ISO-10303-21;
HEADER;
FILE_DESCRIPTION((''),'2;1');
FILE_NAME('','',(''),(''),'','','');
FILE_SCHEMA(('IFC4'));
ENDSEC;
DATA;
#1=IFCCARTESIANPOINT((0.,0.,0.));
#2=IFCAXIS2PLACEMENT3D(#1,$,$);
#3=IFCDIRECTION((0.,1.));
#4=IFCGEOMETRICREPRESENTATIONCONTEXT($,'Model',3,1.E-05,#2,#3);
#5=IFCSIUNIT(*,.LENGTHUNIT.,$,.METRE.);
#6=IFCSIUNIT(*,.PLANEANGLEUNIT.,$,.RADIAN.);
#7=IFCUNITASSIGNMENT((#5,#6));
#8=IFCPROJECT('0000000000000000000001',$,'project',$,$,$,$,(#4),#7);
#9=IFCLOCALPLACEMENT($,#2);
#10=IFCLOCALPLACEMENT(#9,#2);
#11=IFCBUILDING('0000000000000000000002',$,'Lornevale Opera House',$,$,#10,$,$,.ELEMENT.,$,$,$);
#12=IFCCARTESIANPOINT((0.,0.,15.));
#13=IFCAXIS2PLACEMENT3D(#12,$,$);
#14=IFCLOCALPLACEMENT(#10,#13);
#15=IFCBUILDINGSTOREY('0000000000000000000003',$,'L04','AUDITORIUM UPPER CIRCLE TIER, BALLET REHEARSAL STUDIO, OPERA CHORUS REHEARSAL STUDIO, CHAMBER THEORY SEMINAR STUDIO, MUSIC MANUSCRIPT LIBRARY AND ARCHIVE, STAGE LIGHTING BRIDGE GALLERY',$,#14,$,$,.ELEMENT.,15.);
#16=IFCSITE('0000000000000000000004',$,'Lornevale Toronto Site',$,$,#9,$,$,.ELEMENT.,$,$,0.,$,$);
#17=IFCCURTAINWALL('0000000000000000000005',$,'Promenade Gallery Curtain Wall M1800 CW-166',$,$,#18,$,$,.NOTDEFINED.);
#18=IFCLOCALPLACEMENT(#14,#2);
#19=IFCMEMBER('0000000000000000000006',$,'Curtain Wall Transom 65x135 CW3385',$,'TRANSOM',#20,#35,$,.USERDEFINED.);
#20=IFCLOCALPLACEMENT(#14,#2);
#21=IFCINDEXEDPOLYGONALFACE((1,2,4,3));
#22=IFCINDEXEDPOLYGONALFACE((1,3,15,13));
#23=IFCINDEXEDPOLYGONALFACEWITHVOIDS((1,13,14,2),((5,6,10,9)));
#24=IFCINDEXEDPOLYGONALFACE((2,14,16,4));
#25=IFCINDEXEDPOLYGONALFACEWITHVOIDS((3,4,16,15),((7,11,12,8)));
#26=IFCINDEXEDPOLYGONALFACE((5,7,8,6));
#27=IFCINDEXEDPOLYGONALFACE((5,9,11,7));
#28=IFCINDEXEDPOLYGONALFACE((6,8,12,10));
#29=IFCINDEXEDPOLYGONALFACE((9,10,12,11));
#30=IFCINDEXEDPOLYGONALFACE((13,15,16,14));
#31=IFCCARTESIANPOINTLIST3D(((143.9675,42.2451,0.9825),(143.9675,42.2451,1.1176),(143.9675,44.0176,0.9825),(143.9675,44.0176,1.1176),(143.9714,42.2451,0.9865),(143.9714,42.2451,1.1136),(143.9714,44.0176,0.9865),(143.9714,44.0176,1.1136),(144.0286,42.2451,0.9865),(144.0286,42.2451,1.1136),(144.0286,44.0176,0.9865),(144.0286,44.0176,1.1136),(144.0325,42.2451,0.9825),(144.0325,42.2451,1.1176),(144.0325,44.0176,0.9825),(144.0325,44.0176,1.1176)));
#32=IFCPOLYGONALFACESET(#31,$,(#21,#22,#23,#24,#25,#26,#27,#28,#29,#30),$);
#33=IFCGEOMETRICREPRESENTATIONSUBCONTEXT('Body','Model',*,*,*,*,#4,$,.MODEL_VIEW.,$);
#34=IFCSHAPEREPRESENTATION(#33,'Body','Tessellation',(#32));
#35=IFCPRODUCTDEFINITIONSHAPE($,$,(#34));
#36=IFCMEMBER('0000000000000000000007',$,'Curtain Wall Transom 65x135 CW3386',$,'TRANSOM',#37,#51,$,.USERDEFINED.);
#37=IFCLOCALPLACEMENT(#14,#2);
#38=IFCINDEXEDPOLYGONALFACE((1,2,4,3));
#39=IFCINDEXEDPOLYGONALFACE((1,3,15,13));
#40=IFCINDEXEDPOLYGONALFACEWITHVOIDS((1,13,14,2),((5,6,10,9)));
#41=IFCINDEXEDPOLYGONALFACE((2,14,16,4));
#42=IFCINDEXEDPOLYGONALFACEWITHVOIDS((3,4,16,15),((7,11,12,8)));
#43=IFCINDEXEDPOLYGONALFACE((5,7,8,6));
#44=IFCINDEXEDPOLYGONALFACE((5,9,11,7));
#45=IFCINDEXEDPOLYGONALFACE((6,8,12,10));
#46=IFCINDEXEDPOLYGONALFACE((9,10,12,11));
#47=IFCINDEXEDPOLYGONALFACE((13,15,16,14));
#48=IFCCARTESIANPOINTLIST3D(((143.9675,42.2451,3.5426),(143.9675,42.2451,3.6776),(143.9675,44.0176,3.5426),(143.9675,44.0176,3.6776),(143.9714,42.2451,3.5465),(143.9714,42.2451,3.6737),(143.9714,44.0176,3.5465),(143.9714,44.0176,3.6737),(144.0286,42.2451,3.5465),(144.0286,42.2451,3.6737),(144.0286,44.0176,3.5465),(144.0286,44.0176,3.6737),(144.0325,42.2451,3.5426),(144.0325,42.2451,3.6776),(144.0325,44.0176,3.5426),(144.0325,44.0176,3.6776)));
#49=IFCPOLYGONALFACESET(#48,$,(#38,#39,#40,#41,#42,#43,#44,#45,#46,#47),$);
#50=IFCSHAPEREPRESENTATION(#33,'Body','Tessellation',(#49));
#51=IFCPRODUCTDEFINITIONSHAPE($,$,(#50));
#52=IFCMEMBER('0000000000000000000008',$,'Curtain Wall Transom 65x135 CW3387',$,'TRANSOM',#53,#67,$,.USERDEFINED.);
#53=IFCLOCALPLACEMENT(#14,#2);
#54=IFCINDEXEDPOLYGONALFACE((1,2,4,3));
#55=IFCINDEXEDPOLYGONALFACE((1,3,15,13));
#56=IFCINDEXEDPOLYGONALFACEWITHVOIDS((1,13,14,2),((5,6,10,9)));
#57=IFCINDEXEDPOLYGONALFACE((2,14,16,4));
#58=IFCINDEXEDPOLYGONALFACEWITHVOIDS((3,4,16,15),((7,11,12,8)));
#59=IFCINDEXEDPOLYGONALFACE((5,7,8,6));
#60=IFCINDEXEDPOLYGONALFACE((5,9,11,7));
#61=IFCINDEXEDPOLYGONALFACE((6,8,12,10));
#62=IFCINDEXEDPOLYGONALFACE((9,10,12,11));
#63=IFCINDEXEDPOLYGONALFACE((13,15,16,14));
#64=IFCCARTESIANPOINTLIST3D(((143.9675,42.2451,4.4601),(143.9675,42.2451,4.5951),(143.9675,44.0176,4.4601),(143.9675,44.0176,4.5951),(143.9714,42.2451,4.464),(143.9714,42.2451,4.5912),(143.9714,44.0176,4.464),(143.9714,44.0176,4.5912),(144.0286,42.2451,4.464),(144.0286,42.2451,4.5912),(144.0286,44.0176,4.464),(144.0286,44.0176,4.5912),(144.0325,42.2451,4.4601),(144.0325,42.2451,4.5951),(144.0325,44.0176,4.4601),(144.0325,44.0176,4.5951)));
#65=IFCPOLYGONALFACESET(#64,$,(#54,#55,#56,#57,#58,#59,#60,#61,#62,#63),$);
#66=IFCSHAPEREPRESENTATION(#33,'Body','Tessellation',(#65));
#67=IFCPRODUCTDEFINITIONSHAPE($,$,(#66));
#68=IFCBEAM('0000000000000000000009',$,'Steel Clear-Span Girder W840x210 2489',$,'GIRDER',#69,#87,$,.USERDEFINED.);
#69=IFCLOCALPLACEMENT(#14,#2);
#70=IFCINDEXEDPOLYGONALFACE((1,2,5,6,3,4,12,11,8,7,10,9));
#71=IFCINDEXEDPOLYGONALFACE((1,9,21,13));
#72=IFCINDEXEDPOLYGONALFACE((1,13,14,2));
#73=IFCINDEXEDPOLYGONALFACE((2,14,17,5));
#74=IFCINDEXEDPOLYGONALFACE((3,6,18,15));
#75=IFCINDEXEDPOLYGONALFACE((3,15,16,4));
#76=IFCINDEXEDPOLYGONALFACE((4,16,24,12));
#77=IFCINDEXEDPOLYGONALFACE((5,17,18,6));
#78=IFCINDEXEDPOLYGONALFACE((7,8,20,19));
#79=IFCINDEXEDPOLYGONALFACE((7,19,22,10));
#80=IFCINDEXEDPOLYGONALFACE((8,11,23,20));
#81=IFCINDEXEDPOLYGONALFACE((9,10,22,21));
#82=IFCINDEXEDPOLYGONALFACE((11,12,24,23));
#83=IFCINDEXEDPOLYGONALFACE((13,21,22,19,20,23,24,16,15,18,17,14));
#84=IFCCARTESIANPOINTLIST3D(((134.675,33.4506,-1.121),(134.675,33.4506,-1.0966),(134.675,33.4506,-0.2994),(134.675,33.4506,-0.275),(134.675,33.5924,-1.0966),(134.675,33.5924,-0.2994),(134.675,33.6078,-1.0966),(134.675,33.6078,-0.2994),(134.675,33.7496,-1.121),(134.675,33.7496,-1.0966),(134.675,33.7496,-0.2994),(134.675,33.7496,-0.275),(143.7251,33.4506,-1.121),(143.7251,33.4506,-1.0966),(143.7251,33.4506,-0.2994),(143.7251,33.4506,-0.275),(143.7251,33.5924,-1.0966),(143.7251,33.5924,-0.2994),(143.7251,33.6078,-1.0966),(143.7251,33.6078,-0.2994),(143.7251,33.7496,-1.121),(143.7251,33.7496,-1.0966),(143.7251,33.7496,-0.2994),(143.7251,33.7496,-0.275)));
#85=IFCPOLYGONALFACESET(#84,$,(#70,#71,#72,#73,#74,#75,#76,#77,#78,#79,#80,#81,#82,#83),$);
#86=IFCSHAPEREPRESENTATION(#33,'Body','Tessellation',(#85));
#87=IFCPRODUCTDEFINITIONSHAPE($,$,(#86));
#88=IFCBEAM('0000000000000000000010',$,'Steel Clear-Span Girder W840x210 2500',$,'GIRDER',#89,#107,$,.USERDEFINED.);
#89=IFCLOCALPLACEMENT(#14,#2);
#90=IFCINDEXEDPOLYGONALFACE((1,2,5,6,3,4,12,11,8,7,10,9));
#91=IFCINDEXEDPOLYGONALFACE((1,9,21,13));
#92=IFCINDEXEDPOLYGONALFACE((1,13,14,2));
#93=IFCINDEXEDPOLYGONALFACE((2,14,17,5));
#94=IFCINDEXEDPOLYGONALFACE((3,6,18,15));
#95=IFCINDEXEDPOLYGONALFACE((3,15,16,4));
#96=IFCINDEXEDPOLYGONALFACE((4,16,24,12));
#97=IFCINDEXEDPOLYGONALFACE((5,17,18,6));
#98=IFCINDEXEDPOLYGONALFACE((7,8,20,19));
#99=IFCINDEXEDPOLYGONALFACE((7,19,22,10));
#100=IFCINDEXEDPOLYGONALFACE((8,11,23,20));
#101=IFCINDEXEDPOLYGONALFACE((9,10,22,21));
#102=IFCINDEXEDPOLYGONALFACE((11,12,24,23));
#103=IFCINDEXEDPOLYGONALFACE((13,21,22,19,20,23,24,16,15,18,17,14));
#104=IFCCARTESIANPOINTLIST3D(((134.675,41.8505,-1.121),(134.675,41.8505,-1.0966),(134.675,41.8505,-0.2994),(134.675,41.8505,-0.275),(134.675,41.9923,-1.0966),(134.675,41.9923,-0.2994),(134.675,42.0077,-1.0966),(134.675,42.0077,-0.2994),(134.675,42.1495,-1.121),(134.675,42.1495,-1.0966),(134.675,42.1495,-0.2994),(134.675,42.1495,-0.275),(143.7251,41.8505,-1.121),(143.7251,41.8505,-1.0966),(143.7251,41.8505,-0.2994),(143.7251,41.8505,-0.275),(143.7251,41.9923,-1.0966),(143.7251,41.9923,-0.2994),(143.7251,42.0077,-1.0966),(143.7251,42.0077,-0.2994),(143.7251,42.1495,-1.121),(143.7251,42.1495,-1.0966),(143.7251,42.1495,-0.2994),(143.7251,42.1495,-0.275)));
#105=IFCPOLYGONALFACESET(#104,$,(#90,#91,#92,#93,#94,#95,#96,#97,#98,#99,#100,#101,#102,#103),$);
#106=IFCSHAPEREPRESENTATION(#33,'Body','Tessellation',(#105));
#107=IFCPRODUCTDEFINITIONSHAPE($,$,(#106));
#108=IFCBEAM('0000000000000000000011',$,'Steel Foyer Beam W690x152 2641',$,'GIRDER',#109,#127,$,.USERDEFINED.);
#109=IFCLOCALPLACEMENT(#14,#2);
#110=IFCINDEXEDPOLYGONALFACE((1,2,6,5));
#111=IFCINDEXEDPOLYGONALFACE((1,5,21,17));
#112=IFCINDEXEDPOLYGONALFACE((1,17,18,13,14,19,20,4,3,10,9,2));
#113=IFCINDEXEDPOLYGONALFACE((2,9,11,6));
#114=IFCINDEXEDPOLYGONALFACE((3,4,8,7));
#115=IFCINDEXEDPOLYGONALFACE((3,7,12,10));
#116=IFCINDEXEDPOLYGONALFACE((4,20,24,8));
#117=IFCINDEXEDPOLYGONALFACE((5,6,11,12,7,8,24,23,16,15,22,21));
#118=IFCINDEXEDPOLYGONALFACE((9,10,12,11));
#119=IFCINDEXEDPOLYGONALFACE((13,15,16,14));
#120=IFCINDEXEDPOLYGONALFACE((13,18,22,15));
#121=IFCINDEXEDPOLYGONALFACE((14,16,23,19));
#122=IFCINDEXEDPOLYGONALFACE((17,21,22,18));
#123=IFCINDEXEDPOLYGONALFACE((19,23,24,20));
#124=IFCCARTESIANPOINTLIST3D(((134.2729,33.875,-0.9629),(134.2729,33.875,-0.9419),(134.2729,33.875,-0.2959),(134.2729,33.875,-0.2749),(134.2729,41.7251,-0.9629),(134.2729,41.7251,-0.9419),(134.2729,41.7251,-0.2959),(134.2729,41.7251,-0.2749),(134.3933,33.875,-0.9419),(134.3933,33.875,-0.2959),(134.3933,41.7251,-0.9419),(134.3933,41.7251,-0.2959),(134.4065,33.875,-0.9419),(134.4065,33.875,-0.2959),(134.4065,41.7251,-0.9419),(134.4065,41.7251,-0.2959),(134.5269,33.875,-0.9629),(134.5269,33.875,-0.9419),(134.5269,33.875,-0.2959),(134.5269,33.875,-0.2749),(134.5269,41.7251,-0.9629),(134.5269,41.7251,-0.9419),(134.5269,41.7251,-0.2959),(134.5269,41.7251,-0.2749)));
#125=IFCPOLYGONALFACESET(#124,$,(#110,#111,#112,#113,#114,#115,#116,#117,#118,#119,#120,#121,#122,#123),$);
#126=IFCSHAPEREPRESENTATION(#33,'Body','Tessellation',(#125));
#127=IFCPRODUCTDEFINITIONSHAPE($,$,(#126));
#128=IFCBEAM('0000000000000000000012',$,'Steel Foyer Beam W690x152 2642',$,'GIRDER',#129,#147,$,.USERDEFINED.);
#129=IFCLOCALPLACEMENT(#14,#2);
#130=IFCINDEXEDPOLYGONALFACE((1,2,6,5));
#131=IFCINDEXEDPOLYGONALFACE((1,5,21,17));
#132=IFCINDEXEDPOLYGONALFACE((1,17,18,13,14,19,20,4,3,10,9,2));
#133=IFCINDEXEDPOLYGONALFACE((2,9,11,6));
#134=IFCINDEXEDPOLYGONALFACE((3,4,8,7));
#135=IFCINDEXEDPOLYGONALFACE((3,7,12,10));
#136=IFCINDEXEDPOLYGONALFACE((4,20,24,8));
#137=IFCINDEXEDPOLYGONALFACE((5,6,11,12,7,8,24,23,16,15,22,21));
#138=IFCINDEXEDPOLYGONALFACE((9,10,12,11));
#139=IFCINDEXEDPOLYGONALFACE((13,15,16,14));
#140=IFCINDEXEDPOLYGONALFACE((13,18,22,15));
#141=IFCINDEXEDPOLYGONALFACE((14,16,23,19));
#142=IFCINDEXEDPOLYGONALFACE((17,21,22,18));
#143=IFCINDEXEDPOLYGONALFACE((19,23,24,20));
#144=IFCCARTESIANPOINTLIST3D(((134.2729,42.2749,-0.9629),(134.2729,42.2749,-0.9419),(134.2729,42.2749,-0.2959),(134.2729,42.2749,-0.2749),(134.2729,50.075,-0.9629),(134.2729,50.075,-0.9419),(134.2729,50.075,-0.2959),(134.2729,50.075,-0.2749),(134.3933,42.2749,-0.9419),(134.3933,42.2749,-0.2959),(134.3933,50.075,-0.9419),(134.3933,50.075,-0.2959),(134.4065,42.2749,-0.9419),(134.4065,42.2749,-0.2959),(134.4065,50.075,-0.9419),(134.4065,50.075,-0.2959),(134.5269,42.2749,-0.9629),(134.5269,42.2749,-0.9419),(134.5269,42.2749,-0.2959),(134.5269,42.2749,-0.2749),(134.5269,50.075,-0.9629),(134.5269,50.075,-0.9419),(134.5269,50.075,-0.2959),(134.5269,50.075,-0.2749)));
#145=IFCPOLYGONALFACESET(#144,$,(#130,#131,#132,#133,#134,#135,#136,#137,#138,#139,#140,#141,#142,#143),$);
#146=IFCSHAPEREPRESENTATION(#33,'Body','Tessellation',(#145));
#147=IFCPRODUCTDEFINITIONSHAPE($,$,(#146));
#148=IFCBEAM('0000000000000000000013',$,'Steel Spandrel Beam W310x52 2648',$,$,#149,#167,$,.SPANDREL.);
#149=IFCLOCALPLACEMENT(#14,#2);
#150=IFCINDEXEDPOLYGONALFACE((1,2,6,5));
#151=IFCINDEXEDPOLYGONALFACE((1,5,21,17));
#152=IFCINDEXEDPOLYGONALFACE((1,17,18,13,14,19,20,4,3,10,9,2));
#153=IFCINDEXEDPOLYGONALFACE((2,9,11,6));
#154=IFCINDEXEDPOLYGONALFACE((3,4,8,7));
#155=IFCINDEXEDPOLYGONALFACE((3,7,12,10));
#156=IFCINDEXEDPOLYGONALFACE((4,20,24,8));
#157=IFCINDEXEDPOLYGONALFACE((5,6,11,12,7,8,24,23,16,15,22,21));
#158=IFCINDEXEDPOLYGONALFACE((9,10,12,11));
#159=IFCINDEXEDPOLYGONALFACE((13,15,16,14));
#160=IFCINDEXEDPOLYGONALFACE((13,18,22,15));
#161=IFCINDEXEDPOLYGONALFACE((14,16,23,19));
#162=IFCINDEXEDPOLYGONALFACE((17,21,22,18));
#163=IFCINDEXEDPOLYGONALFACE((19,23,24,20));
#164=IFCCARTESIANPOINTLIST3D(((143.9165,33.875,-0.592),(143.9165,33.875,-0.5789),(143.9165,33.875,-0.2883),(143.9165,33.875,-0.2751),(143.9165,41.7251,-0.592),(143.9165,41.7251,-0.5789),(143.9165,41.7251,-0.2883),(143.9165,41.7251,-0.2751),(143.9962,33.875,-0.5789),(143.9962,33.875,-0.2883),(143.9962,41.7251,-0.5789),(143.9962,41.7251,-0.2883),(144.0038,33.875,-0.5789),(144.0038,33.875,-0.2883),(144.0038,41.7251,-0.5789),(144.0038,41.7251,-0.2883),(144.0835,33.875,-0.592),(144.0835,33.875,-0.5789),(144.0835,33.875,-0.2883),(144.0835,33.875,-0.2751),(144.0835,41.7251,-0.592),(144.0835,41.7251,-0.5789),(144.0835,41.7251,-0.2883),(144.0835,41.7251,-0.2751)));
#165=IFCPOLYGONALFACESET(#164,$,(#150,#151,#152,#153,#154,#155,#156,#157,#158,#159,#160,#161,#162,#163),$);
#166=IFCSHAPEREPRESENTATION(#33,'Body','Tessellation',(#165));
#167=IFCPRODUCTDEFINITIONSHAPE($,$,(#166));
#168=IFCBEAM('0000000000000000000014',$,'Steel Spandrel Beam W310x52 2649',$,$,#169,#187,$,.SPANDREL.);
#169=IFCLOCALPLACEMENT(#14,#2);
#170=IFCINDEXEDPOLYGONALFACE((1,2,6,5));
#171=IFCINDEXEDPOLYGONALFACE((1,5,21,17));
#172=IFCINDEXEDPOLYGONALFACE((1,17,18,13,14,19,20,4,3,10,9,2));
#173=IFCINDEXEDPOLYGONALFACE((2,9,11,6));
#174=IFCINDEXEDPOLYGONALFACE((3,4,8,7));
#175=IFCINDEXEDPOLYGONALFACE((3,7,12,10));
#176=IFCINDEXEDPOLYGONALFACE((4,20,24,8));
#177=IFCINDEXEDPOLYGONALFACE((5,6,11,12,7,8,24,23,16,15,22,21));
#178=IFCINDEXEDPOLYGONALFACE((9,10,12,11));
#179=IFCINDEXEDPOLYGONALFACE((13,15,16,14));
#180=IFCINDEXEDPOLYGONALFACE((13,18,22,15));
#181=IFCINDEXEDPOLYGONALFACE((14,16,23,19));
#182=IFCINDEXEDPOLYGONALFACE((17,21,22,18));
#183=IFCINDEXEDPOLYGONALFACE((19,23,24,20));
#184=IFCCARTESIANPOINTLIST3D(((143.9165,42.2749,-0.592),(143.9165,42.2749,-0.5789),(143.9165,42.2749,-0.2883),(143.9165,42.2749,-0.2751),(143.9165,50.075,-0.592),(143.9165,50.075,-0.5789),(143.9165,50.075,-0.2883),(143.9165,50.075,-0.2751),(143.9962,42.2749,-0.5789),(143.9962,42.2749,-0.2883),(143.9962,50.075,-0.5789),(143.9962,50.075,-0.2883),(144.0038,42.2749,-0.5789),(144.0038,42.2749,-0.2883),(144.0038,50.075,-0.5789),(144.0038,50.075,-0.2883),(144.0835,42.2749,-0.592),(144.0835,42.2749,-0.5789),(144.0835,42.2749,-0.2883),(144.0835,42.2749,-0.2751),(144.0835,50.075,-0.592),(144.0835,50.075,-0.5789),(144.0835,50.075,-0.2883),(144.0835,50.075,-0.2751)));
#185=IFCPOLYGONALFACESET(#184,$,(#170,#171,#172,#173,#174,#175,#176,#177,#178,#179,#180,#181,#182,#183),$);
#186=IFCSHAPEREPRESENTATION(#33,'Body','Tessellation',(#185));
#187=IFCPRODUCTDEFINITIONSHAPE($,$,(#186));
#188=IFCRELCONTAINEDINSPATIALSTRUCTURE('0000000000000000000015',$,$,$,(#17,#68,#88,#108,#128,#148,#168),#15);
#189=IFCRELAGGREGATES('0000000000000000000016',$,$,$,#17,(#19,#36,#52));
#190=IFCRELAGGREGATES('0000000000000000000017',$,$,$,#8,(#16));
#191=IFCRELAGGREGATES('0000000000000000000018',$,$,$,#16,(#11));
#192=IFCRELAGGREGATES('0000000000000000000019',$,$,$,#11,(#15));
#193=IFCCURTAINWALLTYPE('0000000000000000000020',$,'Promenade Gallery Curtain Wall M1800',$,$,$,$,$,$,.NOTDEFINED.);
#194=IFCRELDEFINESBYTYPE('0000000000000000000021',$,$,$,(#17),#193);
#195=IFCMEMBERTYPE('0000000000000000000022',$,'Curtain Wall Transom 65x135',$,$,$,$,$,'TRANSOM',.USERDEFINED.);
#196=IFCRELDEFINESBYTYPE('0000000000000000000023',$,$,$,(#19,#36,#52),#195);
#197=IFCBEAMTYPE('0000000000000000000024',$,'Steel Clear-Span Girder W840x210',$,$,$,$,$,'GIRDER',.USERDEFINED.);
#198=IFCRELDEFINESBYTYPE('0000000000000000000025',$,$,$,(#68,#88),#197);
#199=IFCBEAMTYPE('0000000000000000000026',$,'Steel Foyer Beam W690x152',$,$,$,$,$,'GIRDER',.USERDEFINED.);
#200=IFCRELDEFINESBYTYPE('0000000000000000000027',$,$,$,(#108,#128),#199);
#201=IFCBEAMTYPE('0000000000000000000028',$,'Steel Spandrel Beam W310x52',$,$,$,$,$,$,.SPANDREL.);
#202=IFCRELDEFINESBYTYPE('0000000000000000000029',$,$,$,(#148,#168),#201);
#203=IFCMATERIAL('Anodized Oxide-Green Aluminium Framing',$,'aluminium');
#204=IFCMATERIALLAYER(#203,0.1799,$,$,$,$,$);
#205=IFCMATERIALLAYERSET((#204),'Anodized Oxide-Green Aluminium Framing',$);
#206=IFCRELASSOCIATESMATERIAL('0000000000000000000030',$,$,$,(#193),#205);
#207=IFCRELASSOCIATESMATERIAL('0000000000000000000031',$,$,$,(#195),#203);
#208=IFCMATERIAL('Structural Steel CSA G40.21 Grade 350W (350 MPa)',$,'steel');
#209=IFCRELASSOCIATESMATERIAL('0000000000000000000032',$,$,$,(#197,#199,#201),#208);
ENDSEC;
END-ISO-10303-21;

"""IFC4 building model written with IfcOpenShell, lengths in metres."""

from ifc_helpers import new_model, si_unit, direction, frame, origin, origin_2d, place, context, subcontext, project, spatial, hollow_rectangle, i_section, extrude, material, layer, layer_set, material_profile, profile_set, type_object, element, aggregate, save


model = new_model("IFC4")

# Units and contexts
model_context = context("Model", 3, precision=1e-05, world=origin(), true_north=direction((0.0, 1.0)))
body_context = subcontext(model_context, "Body", "Model", "MODEL_VIEW")
ifc_project = project(units=[si_unit("LENGTHUNIT", "METRE"), si_unit("PLANEANGLEUNIT", "RADIAN")], contexts=[model_context])

# Site, building, storey
site_placement = place(None, origin())
site = spatial("IfcSite", under=ifc_project, at=site_placement, Name="Lornevale Toronto Site", CompositionType="ELEMENT", RefElevation=0.0)
building_placement = place(site_placement, origin())
building = spatial("IfcBuilding", under=site, at=building_placement, Name="Lornevale Opera House", CompositionType="ELEMENT")
storey_placement = place(building_placement, frame((0.0, 0.0, 15.0)))
storey = spatial("IfcBuildingStorey", under=building, at=storey_placement, Name="L04", Description="AUDITORIUM UPPER CIRCLE TIER, BALLET REHEARSAL STUDIO, OPERA CHORUS REHEARSAL STUDIO, CHAMBER THEORY SEMINAR STUDIO, MUSIC MANUSCRIPT LIBRARY AND ARCHIVE, STAGE LIGHTING BRIDGE GALLERY", CompositionType="ELEMENT", Elevation=15.0)

# Shared definitions
ifc_material_1 = material(Name="Structural Steel CSA G40.21 Grade 350W (350 MPa)", Category="steel")

# Curtain wall, members
ifc_material_2 = material(Name="Anodized Oxide-Green Aluminium Framing", Category="aluminium")
ifc_layer_1 = layer(ifc_material_2, 0.1799)
ifc_layer_set_1 = layer_set([ifc_layer_1], Name="Anodized Oxide-Green Aluminium Framing")
curtain_wall_type = type_object("IfcCurtainWallType", Name="Promenade Gallery Curtain Wall M1800", PredefinedType="NOTDEFINED", material=ifc_layer_set_1)
curtain_wall_placement = place(storey_placement, origin())
curtain_wall = element("IfcCurtainWall", 1, at=curtain_wall_placement, inside=storey, type_object=curtain_wall_type, Name="Promenade Gallery Curtain Wall M1800 CW-166", PredefinedType="NOTDEFINED")
ifc_material_profile_1 = material_profile(ifc_material_2, hollow_rectangle(XDim=0.0649, YDim=0.135, WallThickness=0.0039, at=origin_2d()), Name="ALU65x135x4")
ifc_profile_set_1 = profile_set([ifc_material_profile_1], Name="Anodized Oxide-Green Aluminium Framing")
member_type_1 = type_object("IfcMemberType", Name="Curtain Wall Transom 65x135", ElementType="TRANSOM", PredefinedType="USERDEFINED", material=ifc_profile_set_1)
member_1_placement = place(storey_placement, frame((144.0, 44.0176, 1.05), z_axis=(0.0, -1.0, 0.0), x_axis=(1.0, 0.0, 0.0)))
member_1 = element("IfcMember", 2, at=member_1_placement, type_object=member_type_1, Name="Curtain Wall Transom 65x135 CW3385", ObjectType="TRANSOM", PredefinedType="USERDEFINED", context=body_context, shape_type="SweptSolid", body=[
    extrude(hollow_rectangle(XDim=0.0649, YDim=0.135, WallThickness=0.0039, at=origin_2d()), origin(), (0.0, 0.0, 1.0), 1.7725),
])
member_2_placement = place(storey_placement, frame((144.0, 44.0176, 3.6101), z_axis=(0.0, -1.0, 0.0), x_axis=(1.0, 0.0, 0.0)))
member_2 = element("IfcMember", 3, at=member_2_placement, type_object=member_type_1, Name="Curtain Wall Transom 65x135 CW3386", ObjectType="TRANSOM", PredefinedType="USERDEFINED", context=body_context, shape_type="SweptSolid", body=[
    extrude(hollow_rectangle(XDim=0.0649, YDim=0.135, WallThickness=0.0039, at=origin_2d()), origin(), (0.0, 0.0, 1.0), 1.7725),
])
member_3_placement = place(storey_placement, frame((144.0, 44.0176, 4.5276), z_axis=(0.0, -1.0, 0.0), x_axis=(1.0, 0.0, 0.0)))
member_3 = element("IfcMember", 4, at=member_3_placement, type_object=member_type_1, Name="Curtain Wall Transom 65x135 CW3387", ObjectType="TRANSOM", PredefinedType="USERDEFINED", context=body_context, shape_type="SweptSolid", body=[
    extrude(hollow_rectangle(XDim=0.0649, YDim=0.135, WallThickness=0.0039, at=origin_2d()), origin(), (0.0, 0.0, 1.0), 1.7725),
])

# Beams
ifc_material_profile_2 = material_profile(ifc_material_1, i_section(OverallWidth=0.2991, OverallDepth=0.8459, WebThickness=0.0154, FlangeThickness=0.0244, at=origin_2d()), Name="W840x210")
ifc_profile_set_2 = profile_set([ifc_material_profile_2], Name="Structural Steel CSA G40.21 Grade 350W (350 MPa)")
beam_type_1 = type_object("IfcBeamType", Name="Steel Clear-Span Girder W840x210", ElementType="GIRDER", PredefinedType="USERDEFINED", material=ifc_profile_set_2)
for number, where, z_axis, x_axis, name in (
    (5, (134.675, 33.6001, -0.698), (1.0, 0.0, 0.0), (0.0, 1.0, 0.0), "Steel Clear-Span Girder W840x210 2489"),
    (6, (134.675, 42.0, -0.698), (1.0, 0.0, 0.0), (0.0, 1.0, 0.0), "Steel Clear-Span Girder W840x210 2500"),
):
    element("IfcBeam", number, at=place(storey_placement, frame(where, z_axis=z_axis, x_axis=x_axis)), inside=storey, type_object=beam_type_1, Name=name, ObjectType="GIRDER", PredefinedType="USERDEFINED", context=body_context, shape_type="SweptSolid", body=[
        extrude(i_section(OverallWidth=0.2991, OverallDepth=0.8459, WebThickness=0.0154, FlangeThickness=0.0244, at=origin_2d()), origin(), (0.0, 0.0, 1.0), 9.05),
    ])
ifc_material_profile_3 = material_profile(ifc_material_1, i_section(OverallWidth=0.2539, OverallDepth=0.688, WebThickness=0.0132, FlangeThickness=0.021, at=origin_2d()), Name="W690x152")
ifc_profile_set_3 = profile_set([ifc_material_profile_3], Name="Structural Steel CSA G40.21 Grade 350W (350 MPa)")
beam_type_2 = type_object("IfcBeamType", Name="Steel Foyer Beam W690x152", ElementType="GIRDER", PredefinedType="USERDEFINED", material=ifc_profile_set_3)
beam_1_placement = place(storey_placement, frame((134.3999, 33.875, -0.6189), z_axis=(0.0, 1.0, 0.0), x_axis=(-1.0, 0.0, 0.0)))
element("IfcBeam", 7, at=beam_1_placement, inside=storey, type_object=beam_type_2, Name="Steel Foyer Beam W690x152 2641", ObjectType="GIRDER", PredefinedType="USERDEFINED", context=body_context, shape_type="SweptSolid", body=[
    extrude(i_section(OverallWidth=0.2539, OverallDepth=0.688, WebThickness=0.0132, FlangeThickness=0.021, at=origin_2d()), origin(), (0.0, 0.0, 1.0), 7.8501),
])
beam_2_placement = place(storey_placement, frame((134.3999, 42.2749, -0.6189), z_axis=(0.0, 1.0, 0.0), x_axis=(-1.0, 0.0, 0.0)))
element("IfcBeam", 8, at=beam_2_placement, inside=storey, type_object=beam_type_2, Name="Steel Foyer Beam W690x152 2642", ObjectType="GIRDER", PredefinedType="USERDEFINED", context=body_context, shape_type="SweptSolid", body=[
    extrude(i_section(OverallWidth=0.2539, OverallDepth=0.688, WebThickness=0.0132, FlangeThickness=0.021, at=origin_2d()), origin(), (0.0, 0.0, 1.0), 7.8),
])
ifc_material_profile_4 = material_profile(ifc_material_1, i_section(OverallWidth=0.167, OverallDepth=0.3169, WebThickness=0.0076, FlangeThickness=0.0132, at=origin_2d()), Name="W310x52")
ifc_profile_set_4 = profile_set([ifc_material_profile_4], Name="Structural Steel CSA G40.21 Grade 350W (350 MPa)")
beam_type_3 = type_object("IfcBeamType", Name="Steel Spandrel Beam W310x52", PredefinedType="SPANDREL", material=ifc_profile_set_4)
beam_3_placement = place(storey_placement, frame((144.0, 33.875, -0.4336), z_axis=(0.0, 1.0, 0.0), x_axis=(-1.0, 0.0, 0.0)))
element("IfcBeam", 9, at=beam_3_placement, inside=storey, type_object=beam_type_3, Name="Steel Spandrel Beam W310x52 2648", PredefinedType="SPANDREL", context=body_context, shape_type="SweptSolid", body=[
    extrude(i_section(OverallWidth=0.167, OverallDepth=0.3169, WebThickness=0.0076, FlangeThickness=0.0132, at=origin_2d()), origin(), (0.0, 0.0, 1.0), 7.8501),
])
beam_4_placement = place(storey_placement, frame((144.0, 42.2749, -0.4336), z_axis=(0.0, 1.0, 0.0), x_axis=(-1.0, 0.0, 0.0)))
element("IfcBeam", 10, at=beam_4_placement, inside=storey, type_object=beam_type_3, Name="Steel Spandrel Beam W310x52 2649", PredefinedType="SPANDREL", context=body_context, shape_type="SweptSolid", body=[
    extrude(i_section(OverallWidth=0.167, OverallDepth=0.3169, WebThickness=0.0076, FlangeThickness=0.0132, at=origin_2d()), origin(), (0.0, 0.0, 1.0), 7.8),
])

aggregate(curtain_wall, [member_1, member_2, member_3])

save(model, "model.ifc")
